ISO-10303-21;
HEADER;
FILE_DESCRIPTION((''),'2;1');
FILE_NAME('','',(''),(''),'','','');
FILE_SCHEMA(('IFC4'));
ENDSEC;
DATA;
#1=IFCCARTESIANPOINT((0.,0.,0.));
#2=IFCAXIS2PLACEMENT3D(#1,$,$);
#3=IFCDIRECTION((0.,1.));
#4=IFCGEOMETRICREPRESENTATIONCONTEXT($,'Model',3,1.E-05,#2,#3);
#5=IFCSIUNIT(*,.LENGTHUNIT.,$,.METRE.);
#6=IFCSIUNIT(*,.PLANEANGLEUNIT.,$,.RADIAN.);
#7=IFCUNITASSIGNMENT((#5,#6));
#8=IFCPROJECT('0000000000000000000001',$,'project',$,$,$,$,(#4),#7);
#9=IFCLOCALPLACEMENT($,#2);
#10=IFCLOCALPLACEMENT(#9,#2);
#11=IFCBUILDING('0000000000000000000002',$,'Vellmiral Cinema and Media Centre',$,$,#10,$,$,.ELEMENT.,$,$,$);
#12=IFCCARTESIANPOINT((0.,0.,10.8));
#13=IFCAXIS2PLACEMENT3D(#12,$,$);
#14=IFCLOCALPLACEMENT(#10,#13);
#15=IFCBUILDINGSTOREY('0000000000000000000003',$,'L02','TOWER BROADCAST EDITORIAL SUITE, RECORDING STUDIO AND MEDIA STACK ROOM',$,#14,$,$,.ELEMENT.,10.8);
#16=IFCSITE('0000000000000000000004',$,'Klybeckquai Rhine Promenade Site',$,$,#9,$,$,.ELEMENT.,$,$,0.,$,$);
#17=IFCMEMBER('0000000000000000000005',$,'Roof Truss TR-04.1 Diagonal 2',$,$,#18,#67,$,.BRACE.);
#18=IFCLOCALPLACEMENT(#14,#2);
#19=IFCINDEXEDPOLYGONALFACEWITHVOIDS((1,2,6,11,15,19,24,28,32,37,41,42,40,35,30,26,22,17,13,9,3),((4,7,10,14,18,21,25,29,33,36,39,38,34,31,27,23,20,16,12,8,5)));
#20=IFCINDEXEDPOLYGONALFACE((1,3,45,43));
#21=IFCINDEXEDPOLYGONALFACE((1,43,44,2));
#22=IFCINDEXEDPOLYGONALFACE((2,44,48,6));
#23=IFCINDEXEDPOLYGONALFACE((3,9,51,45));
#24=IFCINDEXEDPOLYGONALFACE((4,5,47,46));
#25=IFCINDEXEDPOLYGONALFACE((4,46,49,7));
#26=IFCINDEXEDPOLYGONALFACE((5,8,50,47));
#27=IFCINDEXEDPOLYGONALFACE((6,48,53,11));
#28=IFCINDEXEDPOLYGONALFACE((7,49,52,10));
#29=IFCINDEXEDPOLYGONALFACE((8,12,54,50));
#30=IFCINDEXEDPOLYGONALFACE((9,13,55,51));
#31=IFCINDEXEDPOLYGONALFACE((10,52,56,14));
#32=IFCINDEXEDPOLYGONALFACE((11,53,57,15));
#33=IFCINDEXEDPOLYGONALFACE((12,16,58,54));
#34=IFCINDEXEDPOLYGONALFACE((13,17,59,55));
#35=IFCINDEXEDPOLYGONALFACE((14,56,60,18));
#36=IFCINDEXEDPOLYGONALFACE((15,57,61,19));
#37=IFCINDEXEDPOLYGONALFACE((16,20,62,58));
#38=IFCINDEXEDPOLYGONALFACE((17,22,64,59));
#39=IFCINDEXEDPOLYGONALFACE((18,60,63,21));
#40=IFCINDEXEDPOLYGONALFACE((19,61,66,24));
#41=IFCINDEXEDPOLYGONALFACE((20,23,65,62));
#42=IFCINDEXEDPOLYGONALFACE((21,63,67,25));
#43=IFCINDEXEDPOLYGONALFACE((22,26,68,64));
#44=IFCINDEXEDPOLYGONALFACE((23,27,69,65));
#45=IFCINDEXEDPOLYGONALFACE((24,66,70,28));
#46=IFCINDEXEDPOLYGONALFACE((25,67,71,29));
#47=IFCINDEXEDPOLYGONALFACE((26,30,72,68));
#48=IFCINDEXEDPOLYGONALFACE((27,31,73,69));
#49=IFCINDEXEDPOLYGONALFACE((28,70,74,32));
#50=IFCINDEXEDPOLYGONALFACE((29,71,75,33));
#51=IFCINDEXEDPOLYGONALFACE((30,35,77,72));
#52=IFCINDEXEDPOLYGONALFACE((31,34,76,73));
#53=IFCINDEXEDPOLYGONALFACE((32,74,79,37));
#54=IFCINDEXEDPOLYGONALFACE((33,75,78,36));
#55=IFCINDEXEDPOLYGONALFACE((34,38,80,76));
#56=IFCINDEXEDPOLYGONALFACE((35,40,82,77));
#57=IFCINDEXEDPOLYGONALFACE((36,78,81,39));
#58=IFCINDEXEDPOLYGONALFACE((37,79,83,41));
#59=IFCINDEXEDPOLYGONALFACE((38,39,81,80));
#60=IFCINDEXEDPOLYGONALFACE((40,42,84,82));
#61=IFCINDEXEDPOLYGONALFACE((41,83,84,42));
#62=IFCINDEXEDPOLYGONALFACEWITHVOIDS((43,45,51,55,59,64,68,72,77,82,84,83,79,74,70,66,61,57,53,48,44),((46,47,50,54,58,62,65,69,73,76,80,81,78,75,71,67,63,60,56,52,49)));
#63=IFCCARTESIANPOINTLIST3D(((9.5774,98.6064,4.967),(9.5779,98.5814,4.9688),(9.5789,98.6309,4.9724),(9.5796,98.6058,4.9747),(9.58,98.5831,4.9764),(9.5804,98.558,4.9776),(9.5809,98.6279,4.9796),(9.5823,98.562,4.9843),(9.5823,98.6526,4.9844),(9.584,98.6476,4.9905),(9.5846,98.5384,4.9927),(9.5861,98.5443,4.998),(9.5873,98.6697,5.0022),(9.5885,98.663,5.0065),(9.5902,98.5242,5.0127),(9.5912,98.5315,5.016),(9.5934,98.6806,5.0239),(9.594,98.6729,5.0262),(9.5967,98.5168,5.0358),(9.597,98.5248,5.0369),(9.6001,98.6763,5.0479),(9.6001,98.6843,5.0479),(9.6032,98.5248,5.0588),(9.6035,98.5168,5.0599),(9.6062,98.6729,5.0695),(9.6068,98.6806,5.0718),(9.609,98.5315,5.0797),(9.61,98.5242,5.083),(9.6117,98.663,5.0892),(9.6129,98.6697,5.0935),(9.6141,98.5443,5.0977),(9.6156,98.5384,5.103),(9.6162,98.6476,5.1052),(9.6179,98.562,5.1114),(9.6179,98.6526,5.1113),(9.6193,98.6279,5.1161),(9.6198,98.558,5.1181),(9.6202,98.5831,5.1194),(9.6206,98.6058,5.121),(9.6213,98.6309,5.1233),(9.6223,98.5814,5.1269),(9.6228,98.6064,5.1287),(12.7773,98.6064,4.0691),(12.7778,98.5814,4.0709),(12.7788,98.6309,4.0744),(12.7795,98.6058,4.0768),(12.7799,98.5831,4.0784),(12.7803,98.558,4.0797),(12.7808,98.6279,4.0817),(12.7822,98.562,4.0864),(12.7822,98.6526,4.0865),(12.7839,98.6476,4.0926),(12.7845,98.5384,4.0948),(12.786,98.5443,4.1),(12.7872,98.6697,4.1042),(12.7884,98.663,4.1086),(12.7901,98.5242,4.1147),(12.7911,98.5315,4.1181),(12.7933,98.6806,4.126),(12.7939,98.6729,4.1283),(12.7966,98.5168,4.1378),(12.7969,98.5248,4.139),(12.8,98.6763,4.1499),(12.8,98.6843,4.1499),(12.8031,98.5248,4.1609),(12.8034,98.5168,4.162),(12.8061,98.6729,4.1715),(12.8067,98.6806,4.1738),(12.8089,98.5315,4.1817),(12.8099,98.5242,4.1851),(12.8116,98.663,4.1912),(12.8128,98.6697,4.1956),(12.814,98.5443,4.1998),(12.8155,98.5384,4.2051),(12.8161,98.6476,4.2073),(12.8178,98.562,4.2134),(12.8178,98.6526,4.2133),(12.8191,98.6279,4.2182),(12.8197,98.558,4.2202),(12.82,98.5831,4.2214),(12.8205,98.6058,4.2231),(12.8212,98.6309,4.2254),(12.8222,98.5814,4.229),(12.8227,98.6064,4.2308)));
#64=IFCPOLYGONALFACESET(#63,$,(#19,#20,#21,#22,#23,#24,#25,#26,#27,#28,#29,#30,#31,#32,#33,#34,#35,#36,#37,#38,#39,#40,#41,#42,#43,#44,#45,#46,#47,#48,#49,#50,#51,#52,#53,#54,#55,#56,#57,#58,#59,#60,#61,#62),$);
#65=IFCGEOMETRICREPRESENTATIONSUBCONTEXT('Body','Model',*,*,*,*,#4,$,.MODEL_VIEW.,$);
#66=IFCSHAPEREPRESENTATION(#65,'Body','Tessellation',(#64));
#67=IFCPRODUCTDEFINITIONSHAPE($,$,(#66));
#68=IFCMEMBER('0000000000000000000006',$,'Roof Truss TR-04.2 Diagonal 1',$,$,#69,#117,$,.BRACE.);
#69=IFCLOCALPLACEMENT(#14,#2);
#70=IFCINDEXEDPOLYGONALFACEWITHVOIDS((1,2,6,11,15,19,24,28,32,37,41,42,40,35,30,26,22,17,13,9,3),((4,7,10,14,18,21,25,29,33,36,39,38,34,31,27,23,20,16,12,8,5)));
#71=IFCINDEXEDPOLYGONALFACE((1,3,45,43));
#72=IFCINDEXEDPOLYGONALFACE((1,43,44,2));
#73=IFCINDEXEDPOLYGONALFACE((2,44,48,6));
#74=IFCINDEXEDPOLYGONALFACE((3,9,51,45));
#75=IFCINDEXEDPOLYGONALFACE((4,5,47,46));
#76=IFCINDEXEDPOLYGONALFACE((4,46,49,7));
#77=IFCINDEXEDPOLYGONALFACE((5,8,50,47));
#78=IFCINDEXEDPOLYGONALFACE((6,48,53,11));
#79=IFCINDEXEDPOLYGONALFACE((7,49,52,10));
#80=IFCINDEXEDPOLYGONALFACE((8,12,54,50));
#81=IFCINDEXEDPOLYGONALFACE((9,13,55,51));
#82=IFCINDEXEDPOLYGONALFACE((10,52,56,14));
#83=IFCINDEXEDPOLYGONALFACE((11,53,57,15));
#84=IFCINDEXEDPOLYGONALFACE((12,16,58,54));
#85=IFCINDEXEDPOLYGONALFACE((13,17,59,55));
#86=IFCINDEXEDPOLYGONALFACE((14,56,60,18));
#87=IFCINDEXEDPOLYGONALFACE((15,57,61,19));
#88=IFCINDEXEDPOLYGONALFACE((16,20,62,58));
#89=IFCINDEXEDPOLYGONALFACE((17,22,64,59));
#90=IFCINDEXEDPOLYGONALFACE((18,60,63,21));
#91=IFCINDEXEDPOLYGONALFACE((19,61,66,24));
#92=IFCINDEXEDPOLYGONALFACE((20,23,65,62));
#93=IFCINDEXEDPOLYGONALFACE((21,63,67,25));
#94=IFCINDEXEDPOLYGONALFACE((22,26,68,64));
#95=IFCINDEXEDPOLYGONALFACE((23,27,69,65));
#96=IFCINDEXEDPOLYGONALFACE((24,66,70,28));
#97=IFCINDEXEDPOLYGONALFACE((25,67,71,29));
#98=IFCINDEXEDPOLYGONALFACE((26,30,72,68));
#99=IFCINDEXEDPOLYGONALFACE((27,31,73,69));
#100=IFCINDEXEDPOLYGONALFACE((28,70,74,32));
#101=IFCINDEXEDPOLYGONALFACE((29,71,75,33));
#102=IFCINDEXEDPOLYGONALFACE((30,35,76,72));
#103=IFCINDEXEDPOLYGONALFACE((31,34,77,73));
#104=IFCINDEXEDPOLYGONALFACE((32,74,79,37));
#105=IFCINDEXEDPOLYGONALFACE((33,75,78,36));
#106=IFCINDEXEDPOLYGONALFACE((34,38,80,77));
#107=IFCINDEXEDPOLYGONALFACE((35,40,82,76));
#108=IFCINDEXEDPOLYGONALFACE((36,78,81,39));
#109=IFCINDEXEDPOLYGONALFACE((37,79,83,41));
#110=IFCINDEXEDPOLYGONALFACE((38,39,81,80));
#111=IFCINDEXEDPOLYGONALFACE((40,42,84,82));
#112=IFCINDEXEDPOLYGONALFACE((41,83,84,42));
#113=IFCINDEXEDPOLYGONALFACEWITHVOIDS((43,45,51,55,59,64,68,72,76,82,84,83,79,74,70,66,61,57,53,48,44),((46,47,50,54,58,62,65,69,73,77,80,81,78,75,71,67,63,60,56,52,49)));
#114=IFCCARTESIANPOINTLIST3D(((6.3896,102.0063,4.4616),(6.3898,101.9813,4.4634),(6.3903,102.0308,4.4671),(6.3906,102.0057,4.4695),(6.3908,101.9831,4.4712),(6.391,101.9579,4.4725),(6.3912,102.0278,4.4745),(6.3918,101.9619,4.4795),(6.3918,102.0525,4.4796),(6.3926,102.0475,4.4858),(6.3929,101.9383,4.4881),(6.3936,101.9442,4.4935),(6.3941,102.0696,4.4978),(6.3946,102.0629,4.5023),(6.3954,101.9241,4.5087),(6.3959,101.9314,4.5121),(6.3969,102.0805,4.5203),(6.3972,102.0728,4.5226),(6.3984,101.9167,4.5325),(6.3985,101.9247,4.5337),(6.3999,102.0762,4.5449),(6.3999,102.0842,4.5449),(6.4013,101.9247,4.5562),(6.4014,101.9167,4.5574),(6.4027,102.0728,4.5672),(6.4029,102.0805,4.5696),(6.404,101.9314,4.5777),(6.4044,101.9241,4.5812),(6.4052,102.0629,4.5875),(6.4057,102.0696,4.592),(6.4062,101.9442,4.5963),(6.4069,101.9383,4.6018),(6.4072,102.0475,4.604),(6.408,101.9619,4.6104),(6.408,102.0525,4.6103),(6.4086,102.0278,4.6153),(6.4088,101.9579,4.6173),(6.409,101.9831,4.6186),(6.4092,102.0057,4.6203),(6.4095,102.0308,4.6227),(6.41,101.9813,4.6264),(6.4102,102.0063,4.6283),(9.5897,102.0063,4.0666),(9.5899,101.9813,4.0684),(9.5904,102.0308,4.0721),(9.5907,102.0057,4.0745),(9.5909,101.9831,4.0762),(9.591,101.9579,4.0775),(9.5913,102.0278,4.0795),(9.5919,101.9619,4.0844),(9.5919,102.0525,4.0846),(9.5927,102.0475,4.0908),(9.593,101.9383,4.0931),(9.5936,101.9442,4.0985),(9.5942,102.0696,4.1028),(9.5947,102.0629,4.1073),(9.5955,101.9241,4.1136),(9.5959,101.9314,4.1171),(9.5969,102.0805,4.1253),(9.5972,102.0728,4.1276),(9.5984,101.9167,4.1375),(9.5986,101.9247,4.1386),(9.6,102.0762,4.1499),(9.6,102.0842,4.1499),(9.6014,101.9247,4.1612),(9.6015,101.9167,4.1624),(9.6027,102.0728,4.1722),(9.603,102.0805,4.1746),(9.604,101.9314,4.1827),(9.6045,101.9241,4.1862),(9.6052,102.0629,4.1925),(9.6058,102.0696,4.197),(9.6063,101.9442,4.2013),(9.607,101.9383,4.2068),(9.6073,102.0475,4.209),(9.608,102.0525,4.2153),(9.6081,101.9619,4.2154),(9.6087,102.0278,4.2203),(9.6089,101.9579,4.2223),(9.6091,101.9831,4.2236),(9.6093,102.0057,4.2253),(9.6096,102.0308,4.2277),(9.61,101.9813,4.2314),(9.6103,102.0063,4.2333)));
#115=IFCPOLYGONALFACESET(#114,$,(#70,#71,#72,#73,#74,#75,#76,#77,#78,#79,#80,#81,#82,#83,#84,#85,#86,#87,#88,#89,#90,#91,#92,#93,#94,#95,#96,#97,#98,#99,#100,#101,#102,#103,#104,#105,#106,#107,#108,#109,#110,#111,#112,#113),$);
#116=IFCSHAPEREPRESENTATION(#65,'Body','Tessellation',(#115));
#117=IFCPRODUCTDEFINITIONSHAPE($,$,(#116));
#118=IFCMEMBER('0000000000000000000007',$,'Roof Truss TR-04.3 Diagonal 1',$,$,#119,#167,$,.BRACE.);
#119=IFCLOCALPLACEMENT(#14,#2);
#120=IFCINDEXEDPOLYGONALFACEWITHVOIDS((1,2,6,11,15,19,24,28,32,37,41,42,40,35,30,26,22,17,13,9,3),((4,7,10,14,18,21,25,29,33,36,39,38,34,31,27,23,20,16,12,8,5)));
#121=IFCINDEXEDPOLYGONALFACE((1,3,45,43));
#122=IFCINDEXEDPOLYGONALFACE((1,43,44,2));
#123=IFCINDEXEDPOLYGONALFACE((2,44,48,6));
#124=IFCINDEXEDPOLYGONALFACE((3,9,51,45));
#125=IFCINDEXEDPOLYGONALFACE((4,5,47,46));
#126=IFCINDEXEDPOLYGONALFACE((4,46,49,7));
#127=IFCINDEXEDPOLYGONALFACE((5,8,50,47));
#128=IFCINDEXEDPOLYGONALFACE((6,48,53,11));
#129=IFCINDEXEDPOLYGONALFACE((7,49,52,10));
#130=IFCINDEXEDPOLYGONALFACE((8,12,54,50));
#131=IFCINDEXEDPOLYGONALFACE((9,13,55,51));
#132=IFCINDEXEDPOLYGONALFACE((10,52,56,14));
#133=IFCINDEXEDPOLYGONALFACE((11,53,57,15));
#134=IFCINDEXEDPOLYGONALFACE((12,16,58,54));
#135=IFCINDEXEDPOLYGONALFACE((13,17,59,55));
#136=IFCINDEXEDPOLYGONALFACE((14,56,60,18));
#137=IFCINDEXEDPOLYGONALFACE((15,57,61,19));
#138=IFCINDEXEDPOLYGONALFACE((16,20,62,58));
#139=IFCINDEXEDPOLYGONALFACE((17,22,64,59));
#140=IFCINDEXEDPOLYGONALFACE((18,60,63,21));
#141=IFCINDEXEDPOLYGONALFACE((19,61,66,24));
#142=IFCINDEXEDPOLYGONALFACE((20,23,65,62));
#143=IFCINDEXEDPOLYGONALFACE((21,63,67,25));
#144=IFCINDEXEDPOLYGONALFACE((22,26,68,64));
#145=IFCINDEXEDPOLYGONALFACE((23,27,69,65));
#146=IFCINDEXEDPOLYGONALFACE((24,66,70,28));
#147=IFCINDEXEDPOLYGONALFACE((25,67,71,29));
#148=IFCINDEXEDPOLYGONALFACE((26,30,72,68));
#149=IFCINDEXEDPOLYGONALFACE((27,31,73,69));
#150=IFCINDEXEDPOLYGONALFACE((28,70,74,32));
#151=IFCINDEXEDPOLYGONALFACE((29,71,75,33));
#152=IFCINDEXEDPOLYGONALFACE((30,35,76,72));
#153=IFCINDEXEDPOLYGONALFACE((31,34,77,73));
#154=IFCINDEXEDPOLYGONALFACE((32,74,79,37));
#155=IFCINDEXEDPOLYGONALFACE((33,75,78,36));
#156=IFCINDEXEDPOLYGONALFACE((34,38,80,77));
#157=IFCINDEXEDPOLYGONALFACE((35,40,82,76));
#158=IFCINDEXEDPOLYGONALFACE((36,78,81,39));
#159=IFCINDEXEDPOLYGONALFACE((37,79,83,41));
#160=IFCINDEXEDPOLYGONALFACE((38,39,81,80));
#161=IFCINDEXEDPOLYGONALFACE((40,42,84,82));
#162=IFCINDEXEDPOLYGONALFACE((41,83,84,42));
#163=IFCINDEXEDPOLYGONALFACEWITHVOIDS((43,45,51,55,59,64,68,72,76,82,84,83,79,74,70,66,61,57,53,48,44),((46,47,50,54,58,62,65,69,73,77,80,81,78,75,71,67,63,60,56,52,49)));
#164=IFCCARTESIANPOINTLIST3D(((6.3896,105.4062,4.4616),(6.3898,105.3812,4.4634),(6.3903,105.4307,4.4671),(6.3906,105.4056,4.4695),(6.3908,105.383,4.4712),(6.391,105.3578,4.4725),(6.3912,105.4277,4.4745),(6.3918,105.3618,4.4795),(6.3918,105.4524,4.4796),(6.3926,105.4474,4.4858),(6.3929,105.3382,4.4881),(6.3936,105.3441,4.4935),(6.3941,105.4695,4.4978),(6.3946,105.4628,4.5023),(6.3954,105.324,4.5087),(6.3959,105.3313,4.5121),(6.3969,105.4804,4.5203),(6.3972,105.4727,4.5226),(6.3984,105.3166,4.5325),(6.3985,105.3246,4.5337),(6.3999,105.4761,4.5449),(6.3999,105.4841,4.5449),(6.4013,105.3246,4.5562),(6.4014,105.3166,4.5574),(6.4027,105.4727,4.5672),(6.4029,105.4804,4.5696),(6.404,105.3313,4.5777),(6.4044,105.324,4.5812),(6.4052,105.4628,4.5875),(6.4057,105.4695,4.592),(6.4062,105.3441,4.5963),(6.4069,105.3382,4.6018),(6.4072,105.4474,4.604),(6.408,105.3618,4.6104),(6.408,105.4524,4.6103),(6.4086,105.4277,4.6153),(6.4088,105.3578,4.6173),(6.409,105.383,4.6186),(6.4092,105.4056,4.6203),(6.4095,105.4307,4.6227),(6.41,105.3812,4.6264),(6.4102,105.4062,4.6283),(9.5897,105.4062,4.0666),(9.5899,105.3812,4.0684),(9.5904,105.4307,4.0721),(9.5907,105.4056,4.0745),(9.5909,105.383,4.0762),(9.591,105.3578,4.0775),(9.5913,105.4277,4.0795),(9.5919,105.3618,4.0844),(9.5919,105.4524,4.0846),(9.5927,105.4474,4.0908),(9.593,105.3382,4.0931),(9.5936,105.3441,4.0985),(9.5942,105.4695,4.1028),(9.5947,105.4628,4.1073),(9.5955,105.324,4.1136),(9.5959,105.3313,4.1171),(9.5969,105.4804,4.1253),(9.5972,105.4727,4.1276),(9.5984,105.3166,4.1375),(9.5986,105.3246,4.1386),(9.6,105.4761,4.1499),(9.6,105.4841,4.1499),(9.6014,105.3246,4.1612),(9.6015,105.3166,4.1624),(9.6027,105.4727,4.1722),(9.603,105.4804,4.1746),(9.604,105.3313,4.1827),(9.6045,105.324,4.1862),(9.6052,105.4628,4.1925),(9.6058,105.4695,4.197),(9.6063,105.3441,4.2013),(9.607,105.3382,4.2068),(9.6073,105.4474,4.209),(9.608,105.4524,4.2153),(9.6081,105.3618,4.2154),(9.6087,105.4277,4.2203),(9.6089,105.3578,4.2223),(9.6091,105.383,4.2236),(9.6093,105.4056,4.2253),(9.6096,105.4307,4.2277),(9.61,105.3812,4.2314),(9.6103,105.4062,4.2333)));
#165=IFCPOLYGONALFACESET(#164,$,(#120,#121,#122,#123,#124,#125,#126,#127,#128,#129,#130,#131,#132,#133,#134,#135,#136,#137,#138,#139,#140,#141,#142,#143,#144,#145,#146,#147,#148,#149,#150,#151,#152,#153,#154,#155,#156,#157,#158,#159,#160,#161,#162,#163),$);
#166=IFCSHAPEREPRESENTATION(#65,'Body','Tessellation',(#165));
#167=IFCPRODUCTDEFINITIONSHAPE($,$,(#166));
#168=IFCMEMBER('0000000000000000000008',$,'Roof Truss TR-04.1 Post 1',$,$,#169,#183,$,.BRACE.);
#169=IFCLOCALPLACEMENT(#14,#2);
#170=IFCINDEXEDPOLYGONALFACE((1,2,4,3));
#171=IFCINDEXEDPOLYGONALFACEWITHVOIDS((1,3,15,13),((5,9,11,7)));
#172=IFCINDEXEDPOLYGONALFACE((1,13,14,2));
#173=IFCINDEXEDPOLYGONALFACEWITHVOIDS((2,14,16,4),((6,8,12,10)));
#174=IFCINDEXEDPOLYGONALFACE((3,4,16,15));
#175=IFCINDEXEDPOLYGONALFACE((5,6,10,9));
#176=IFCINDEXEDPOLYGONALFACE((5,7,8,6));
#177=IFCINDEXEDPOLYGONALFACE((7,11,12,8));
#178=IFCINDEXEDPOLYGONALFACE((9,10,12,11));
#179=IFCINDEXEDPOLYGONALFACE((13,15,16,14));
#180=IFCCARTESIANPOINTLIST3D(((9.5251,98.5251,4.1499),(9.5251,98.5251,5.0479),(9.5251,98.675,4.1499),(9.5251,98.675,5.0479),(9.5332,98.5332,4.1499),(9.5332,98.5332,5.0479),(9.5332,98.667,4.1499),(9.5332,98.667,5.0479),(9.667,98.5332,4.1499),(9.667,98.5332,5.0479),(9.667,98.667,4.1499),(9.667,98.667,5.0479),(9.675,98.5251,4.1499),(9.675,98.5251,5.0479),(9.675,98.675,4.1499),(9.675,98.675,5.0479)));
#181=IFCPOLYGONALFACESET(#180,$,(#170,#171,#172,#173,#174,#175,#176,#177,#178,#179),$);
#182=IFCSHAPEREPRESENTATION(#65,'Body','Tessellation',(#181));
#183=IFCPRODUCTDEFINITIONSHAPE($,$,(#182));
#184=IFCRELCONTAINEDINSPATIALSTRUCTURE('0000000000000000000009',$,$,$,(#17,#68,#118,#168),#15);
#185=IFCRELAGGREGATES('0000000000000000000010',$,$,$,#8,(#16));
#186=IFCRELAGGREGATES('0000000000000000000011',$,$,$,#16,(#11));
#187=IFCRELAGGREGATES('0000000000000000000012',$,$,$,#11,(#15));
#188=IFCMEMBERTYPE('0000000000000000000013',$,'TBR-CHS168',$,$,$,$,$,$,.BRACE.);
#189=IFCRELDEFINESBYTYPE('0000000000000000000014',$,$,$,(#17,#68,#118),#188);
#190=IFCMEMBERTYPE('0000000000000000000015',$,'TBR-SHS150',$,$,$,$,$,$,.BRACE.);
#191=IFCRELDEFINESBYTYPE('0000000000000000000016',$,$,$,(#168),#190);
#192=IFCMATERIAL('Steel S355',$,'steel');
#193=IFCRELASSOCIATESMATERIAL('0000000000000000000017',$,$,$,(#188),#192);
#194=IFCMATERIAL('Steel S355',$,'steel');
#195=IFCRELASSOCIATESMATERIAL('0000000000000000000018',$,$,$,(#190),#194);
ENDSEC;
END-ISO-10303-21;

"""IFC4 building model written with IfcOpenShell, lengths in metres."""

from ifc_helpers import new_model, si_unit, direction, frame, origin, origin_2d, place, context, subcontext, project, spatial, hollow_rectangle, hollow_circle, extrude, material, material_profile, profile_set, type_object, element, save


model = new_model("IFC4")

# Units and contexts
model_context = context("Model", 3, precision=1e-05, world=origin(), true_north=direction((0.0, 1.0)))
body_context = subcontext(model_context, "Body", "Model", "MODEL_VIEW")
ifc_project = project(units=[si_unit("LENGTHUNIT", "METRE"), si_unit("PLANEANGLEUNIT", "RADIAN")], contexts=[model_context])

# Site, building, storey
site_placement = place(None, origin())
site = spatial("IfcSite", under=ifc_project, at=site_placement, Name="Klybeckquai Rhine Promenade Site", CompositionType="ELEMENT", RefElevation=0.0)
building_placement = place(site_placement, origin())
building = spatial("IfcBuilding", under=site, at=building_placement, Name="Vellmiral Cinema and Media Centre", CompositionType="ELEMENT")
storey_placement = place(building_placement, frame((0.0, 0.0, 10.8)))
storey = spatial("IfcBuildingStorey", under=building, at=storey_placement, Name="L02", Description="TOWER BROADCAST EDITORIAL SUITE, RECORDING STUDIO AND MEDIA STACK ROOM", CompositionType="ELEMENT", Elevation=10.8)

# Members
ifc_material_1 = material(Name="Steel S355", Category="steel")
ifc_material_profile_1 = material_profile(ifc_material_1, hollow_circle(Radius=0.0842, WallThickness=0.0081, at=origin_2d()), Name="CHS 168.3x8.0")
ifc_profile_set_1 = profile_set([ifc_material_profile_1], Name="Steel S355")
member_type_1 = type_object("IfcMemberType", Name="TBR-CHS168", PredefinedType="BRACE", material=ifc_profile_set_1)
member_1_placement = place(storey_placement, frame((9.6001, 98.6001, 5.0479), z_axis=(0.962811, 0.0, -0.270178), x_axis=(0.0, 1.0, 0.0)))
element("IfcMember", 1, at=member_1_placement, inside=storey, type_object=member_type_1, Name="Roof Truss TR-04.1 Diagonal 2", PredefinedType="BRACE", context=body_context, shape_type="SweptSolid", body=[
    extrude(hollow_circle(Radius=0.0842, WallThickness=0.0081, at=origin_2d()), origin(), (0.0, 0.0, 1.0), 3.3235),
])
for number, where, z_axis, x_axis, name in (
    (2, (6.3999, 102.0, 4.5449), (0.992468, 0.0, -0.122506), (0.0, 1.0, 0.0), "Roof Truss TR-04.2 Diagonal 1"),
    (3, (6.3999, 105.3999, 4.5449), (0.992468, 0.0, -0.122506), (0.0, 1.0, 0.0), "Roof Truss TR-04.3 Diagonal 1"),
):
    element("IfcMember", number, at=place(storey_placement, frame(where, z_axis=z_axis, x_axis=x_axis)), inside=storey, type_object=member_type_1, Name=name, PredefinedType="BRACE", context=body_context, shape_type="SweptSolid", body=[
        extrude(hollow_circle(Radius=0.0842, WallThickness=0.0081, at=origin_2d()), origin(), (0.0, 0.0, 1.0), 3.2244),
    ])
ifc_material_2 = material(Name="Steel S355", Category="steel")
ifc_material_profile_2 = material_profile(ifc_material_2, hollow_rectangle(XDim=0.1499, YDim=0.1499, WallThickness=0.0081, at=origin_2d()), Name="SHS 150x150x8.0")
ifc_profile_set_2 = profile_set([ifc_material_profile_2], Name="Steel S355")
member_type_2 = type_object("IfcMemberType", Name="TBR-SHS150", PredefinedType="BRACE", material=ifc_profile_set_2)
member_2_placement = place(storey_placement, frame((9.6001, 98.6001, 4.1499), z_axis=(0.0, 0.0, 1.0), x_axis=(1.0, 0.0, 0.0)))
element("IfcMember", 4, at=member_2_placement, inside=storey, type_object=member_type_2, Name="Roof Truss TR-04.1 Post 1", PredefinedType="BRACE", context=body_context, shape_type="SweptSolid", body=[
    extrude(hollow_rectangle(XDim=0.1499, YDim=0.1499, WallThickness=0.0081, at=origin_2d()), origin(), (0.0, 0.0, 1.0), 0.8979),
])

save(model, "model.ifc")
